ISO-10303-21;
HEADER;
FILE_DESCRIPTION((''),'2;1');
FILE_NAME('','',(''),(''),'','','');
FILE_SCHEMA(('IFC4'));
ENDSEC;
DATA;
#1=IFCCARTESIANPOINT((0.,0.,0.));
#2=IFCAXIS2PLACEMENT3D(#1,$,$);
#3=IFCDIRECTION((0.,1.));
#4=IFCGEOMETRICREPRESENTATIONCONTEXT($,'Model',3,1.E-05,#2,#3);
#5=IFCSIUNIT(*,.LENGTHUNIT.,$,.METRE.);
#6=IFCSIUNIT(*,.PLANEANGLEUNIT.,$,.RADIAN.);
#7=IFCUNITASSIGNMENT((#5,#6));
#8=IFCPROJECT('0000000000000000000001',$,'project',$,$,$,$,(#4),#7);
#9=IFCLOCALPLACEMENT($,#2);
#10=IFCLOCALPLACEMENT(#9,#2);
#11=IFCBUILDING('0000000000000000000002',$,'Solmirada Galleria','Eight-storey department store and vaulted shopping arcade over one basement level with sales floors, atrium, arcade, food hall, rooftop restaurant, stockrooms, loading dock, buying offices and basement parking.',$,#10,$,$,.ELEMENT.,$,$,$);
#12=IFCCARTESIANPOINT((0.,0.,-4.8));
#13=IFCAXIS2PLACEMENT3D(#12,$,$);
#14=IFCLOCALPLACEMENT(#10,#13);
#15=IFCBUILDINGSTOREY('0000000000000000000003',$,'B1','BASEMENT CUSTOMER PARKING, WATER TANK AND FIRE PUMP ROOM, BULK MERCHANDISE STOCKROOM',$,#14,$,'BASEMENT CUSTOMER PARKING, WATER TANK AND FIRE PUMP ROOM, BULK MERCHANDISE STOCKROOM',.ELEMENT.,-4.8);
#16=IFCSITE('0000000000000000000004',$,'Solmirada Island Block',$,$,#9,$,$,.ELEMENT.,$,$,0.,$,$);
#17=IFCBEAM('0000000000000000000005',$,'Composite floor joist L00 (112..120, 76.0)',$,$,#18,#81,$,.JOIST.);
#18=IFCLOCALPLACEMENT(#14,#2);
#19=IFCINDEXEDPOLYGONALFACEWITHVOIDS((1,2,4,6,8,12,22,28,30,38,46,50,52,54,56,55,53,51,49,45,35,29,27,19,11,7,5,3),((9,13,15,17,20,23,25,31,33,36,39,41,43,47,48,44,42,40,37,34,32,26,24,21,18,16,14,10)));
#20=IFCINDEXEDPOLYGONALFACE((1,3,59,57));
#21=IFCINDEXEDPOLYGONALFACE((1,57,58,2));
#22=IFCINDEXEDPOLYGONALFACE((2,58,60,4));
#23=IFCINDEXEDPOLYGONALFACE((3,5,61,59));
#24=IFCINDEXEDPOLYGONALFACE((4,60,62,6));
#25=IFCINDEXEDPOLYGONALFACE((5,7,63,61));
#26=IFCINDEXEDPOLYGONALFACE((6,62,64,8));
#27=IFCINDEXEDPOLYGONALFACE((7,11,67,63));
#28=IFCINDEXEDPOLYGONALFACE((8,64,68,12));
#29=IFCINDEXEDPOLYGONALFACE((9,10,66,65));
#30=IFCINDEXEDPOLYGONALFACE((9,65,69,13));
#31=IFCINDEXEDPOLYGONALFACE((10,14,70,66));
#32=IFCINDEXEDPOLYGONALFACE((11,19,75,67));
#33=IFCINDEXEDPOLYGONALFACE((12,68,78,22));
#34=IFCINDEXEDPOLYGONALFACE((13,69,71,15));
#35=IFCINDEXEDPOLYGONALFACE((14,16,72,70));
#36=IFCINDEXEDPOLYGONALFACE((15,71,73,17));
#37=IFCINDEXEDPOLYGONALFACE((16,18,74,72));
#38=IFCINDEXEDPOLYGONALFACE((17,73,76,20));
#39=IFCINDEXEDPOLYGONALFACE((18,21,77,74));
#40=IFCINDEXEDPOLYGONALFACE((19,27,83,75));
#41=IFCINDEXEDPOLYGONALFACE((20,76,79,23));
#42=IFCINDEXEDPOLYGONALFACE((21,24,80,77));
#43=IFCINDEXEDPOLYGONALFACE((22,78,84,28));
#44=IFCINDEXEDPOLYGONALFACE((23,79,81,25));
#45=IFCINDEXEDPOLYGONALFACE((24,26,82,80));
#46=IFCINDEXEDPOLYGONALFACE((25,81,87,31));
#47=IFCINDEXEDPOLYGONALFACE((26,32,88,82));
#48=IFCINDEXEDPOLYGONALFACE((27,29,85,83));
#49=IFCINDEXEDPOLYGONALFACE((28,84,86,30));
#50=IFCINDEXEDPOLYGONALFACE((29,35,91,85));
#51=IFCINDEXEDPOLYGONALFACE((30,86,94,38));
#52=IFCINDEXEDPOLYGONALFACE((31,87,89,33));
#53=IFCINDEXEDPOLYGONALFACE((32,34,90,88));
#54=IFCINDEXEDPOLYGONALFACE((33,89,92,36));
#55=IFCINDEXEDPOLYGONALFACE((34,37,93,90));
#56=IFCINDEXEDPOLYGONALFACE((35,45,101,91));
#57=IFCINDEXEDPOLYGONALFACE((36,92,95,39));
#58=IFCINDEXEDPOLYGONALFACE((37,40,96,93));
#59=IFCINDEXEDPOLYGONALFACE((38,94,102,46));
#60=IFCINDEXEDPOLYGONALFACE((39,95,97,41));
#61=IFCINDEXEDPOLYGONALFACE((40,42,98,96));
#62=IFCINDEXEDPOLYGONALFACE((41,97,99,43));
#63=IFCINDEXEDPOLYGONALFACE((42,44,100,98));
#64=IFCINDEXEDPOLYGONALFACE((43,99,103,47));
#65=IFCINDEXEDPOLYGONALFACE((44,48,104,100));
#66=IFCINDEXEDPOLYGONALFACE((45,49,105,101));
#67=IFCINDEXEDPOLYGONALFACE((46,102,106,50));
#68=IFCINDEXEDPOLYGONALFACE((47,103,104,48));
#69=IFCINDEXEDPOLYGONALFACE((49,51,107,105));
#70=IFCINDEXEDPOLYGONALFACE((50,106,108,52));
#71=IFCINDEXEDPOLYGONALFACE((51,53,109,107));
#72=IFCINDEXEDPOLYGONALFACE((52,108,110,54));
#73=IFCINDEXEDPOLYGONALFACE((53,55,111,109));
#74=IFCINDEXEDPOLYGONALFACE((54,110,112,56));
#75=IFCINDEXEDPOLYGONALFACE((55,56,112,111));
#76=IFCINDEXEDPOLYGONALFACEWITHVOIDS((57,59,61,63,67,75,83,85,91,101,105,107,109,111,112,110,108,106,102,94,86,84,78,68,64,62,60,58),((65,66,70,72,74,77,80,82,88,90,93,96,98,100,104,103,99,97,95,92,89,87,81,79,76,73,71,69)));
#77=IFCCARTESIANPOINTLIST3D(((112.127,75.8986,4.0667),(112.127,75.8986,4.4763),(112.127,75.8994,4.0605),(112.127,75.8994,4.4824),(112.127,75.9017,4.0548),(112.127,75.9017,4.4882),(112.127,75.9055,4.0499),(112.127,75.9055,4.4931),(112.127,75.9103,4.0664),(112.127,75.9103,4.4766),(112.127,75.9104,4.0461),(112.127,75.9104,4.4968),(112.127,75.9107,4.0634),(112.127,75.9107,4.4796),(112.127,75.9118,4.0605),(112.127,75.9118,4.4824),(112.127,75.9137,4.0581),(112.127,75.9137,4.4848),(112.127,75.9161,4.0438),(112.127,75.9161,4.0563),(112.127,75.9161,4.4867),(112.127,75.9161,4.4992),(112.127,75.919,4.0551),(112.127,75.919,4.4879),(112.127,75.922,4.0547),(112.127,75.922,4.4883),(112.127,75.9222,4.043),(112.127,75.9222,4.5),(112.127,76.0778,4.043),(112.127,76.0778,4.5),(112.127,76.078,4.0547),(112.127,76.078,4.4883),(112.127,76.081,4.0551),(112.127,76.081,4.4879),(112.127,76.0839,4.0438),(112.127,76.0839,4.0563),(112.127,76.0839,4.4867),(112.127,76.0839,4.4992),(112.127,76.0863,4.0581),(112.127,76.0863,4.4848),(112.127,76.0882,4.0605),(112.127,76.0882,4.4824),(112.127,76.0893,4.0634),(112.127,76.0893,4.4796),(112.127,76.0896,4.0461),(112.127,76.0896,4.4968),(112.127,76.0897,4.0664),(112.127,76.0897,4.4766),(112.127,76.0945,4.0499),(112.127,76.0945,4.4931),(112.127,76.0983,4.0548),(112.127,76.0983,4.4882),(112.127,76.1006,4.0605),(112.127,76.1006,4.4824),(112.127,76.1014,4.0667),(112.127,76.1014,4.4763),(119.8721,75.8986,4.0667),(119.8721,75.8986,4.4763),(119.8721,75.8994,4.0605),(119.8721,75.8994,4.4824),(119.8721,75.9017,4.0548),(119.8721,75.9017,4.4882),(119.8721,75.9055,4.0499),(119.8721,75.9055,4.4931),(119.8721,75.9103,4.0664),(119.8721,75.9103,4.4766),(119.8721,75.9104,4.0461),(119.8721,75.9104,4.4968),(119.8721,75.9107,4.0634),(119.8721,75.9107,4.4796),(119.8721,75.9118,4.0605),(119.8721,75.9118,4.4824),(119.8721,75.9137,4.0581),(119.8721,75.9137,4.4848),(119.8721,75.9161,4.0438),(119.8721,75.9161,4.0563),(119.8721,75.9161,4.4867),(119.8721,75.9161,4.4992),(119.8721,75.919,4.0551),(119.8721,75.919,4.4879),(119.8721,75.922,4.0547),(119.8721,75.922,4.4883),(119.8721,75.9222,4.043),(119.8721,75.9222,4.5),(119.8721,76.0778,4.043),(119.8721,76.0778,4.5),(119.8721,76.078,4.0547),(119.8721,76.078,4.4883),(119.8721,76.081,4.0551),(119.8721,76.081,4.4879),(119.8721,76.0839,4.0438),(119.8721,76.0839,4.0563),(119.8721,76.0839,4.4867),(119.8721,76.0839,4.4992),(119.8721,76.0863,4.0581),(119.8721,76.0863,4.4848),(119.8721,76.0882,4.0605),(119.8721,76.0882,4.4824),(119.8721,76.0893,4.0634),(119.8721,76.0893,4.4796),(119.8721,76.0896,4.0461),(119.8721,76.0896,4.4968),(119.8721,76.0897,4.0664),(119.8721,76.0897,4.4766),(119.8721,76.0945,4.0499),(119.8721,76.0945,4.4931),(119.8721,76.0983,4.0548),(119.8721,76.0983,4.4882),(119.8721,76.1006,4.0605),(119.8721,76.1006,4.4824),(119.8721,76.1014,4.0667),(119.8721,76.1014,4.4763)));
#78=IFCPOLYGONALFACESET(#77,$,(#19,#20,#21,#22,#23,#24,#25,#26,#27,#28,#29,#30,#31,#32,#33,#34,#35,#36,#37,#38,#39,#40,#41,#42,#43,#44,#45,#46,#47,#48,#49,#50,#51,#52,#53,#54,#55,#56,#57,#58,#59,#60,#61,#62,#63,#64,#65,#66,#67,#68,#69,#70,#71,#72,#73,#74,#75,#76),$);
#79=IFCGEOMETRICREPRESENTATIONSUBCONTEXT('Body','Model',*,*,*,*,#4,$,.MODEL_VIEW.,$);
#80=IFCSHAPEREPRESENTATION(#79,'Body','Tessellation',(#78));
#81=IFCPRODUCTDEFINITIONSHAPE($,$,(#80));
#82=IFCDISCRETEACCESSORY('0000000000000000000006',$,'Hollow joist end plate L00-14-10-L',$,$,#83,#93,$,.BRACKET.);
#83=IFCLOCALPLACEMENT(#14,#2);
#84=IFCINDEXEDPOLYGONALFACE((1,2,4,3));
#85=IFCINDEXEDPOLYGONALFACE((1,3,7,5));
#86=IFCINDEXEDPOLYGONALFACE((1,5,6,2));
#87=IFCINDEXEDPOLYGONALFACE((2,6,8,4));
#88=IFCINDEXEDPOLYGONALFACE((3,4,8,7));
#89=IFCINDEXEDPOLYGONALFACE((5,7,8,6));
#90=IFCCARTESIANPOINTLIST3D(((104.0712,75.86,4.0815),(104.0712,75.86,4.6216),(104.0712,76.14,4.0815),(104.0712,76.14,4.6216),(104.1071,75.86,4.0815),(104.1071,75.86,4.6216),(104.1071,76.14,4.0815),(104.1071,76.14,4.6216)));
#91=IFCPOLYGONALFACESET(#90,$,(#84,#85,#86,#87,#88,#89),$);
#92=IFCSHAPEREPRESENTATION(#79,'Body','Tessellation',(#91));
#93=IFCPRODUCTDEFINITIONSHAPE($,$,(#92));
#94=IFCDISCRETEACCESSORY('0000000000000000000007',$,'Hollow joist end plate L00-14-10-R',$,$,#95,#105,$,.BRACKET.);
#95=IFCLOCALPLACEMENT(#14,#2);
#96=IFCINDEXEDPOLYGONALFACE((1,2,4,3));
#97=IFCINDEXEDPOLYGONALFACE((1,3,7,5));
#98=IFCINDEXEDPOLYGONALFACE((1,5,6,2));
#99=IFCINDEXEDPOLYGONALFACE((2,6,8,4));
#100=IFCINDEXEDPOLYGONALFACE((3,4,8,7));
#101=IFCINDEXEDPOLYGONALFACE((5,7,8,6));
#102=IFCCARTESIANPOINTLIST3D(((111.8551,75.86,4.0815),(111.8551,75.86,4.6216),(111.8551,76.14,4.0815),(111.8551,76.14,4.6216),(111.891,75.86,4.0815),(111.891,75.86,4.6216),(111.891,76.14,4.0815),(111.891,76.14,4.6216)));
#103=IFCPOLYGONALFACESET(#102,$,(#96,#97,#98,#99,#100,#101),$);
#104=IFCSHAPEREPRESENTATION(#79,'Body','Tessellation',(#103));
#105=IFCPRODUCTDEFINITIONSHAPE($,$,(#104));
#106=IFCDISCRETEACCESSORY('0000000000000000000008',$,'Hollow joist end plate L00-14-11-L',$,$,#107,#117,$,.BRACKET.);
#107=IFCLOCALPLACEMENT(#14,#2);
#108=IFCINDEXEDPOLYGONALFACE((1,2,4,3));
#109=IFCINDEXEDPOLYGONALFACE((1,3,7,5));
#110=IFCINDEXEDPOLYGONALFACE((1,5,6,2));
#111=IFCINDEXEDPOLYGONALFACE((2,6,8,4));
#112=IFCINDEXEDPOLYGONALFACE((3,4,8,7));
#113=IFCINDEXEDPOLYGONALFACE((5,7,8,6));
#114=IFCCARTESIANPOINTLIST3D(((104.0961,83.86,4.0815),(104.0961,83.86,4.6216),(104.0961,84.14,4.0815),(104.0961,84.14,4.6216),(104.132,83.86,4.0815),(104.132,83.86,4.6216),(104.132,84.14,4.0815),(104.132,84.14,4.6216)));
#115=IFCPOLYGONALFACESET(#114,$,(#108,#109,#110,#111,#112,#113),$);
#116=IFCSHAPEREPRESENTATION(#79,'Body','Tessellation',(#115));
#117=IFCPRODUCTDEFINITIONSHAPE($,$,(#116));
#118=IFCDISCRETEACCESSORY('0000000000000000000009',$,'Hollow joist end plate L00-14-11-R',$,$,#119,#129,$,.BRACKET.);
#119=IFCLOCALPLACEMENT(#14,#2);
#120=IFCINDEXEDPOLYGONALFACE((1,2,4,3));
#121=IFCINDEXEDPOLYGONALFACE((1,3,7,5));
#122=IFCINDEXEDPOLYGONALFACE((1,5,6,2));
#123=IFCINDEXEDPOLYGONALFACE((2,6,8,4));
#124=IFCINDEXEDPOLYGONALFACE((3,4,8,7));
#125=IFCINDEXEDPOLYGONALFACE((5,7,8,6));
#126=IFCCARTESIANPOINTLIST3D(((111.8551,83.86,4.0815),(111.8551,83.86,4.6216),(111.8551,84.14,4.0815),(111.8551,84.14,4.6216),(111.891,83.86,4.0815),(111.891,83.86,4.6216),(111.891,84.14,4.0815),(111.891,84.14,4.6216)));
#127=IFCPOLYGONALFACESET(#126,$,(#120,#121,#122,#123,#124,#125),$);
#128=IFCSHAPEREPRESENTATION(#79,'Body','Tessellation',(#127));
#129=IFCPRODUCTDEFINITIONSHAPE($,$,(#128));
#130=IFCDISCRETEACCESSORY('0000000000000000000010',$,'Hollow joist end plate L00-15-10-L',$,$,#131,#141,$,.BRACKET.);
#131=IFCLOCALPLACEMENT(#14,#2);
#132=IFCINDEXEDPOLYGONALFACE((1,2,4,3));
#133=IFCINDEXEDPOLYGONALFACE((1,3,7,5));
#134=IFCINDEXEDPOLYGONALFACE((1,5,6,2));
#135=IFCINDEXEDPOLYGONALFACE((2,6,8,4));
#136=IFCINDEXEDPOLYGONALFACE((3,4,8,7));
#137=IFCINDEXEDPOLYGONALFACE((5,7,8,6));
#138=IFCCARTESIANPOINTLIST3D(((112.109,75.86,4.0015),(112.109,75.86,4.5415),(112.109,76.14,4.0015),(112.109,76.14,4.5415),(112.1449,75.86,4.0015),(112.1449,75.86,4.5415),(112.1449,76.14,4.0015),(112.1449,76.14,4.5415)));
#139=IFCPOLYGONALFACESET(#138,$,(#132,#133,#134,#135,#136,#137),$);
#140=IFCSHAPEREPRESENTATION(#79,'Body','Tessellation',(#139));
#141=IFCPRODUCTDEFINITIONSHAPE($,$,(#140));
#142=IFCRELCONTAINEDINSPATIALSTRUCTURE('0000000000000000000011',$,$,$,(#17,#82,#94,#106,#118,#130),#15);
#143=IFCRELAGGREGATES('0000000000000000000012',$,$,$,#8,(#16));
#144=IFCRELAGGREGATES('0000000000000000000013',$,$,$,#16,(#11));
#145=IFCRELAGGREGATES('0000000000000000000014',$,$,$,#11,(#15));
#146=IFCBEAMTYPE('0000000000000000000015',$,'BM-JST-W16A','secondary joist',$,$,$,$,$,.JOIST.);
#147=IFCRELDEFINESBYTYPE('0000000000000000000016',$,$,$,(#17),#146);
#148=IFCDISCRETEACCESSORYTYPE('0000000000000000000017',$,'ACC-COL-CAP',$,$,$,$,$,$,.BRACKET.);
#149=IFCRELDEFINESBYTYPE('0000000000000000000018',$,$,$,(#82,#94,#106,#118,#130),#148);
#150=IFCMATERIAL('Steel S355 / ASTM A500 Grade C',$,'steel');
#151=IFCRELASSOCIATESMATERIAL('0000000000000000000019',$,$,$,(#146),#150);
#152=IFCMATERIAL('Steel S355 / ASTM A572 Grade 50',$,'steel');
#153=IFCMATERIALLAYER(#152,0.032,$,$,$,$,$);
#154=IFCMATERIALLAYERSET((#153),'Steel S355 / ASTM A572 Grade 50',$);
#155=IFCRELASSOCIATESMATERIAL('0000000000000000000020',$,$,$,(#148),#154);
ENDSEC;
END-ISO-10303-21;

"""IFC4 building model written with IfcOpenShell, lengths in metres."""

from ifc_helpers import new_model, si_unit, direction, frame, origin, origin_2d, place, context, subcontext, project, spatial, rectangle, hollow_rectangle, extrude, material, layer, layer_set, material_profile, profile_set, type_object, element, save


model = new_model("IFC4")

# Units and contexts
model_context = context("Model", 3, precision=1e-05, world=origin(), true_north=direction((0.0, 1.0)))
body_context = subcontext(model_context, "Body", "Model", "MODEL_VIEW")
ifc_project = project(units=[si_unit("LENGTHUNIT", "METRE"), si_unit("PLANEANGLEUNIT", "RADIAN")], contexts=[model_context])

# Site, building, storey
site_placement = place(None, origin())
site = spatial("IfcSite", under=ifc_project, at=site_placement, Name="Solmirada Island Block", CompositionType="ELEMENT", RefElevation=0.0)
building_placement = place(site_placement, origin())
building = spatial("IfcBuilding", under=site, at=building_placement, Name="Solmirada Galleria", Description="Eight-storey department store and vaulted shopping arcade over one basement level with sales floors, atrium, arcade, food hall, rooftop restaurant, stockrooms, loading dock, buying offices and basement parking.", CompositionType="ELEMENT")
storey_placement = place(building_placement, frame((0.0, 0.0, -4.8)))
storey = spatial("IfcBuildingStorey", under=building, at=storey_placement, Name="B1", Description="BASEMENT CUSTOMER PARKING, WATER TANK AND FIRE PUMP ROOM, BULK MERCHANDISE STOCKROOM", LongName="BASEMENT CUSTOMER PARKING, WATER TANK AND FIRE PUMP ROOM, BULK MERCHANDISE STOCKROOM", CompositionType="ELEMENT", Elevation=-4.8)

# Shared definitions
ifc_material_1 = material(Name="Steel S355 / ASTM A500 Grade C", Category="steel")

# Beam
ifc_material_profile_1 = material_profile(ifc_material_1, hollow_rectangle(XDim=0.2029, YDim=0.457, WallThickness=0.0117, InnerFilletRadius=0.0117, OuterFilletRadius=0.0237, at=origin_2d()), Name="HSS18X8X1/2")
ifc_profile_set_1 = profile_set([ifc_material_profile_1], Name="Steel S355 / ASTM A500 Grade C")
beam_type_1 = type_object("IfcBeamType", Name="BM-JST-W16A", Description="secondary joist", PredefinedType="JOIST", material=ifc_profile_set_1)
beam_1_placement = place(storey_placement, frame((112.127, 76.0, 4.2715), z_axis=(1.0, 0.0, 0.0), x_axis=(0.0, 1.0, 0.0)))
element("IfcBeam", 1, at=beam_1_placement, inside=storey, type_object=beam_type_1, Name="Composite floor joist L00 (112..120, 76.0)", PredefinedType="JOIST", context=body_context, shape_type="SweptSolid", body=[
    extrude(hollow_rectangle(XDim=0.2029, YDim=0.457, WallThickness=0.0117, InnerFilletRadius=0.0117, OuterFilletRadius=0.0237, at=origin_2d()), origin(), (0.0, 0.0, 1.0), 7.7451),
])

# Discrete accessories
ifc_material_2 = material(Name="Steel S355 / ASTM A572 Grade 50", Category="steel")
ifc_layer = layer(ifc_material_2, 0.032)
ifc_layer_set = layer_set([ifc_layer], Name="Steel S355 / ASTM A572 Grade 50")
discrete_accessory_type = type_object("IfcDiscreteAccessoryType", Name="ACC-COL-CAP", PredefinedType="BRACKET", material=ifc_layer_set)
for number, where, z_axis, x_axis, name in (
    (2, (104.0891, 76.0, 4.0815), (0.0, 0.0, 1.0), (1.0, 0.0, 0.0), "Hollow joist end plate L00-14-10-L"),
    (3, (111.873, 76.0, 4.0815), (0.0, 0.0, 1.0), (1.0, 0.0, 0.0), "Hollow joist end plate L00-14-10-R"),
    (4, (104.114, 84.0, 4.0815), (0.0, 0.0, 1.0), (1.0, 0.0, 0.0), "Hollow joist end plate L00-14-11-L"),
    (5, (111.873, 84.0, 4.0815), (0.0, 0.0, 1.0), (1.0, 0.0, 0.0), "Hollow joist end plate L00-14-11-R"),
    (6, (112.127, 76.0, 4.0015), (0.0, 0.0, 1.0), (1.0, 0.0, 0.0), "Hollow joist end plate L00-15-10-L"),
):
    element("IfcDiscreteAccessory", number, at=place(storey_placement, frame(where, z_axis=z_axis, x_axis=x_axis)), inside=storey, type_object=discrete_accessory_type, Name=name, PredefinedType="BRACKET", context=body_context, shape_type="SweptSolid", body=[
        extrude(rectangle(XDim=0.0359, YDim=0.28, at=origin_2d()), origin(), (0.0, 0.0, 1.0), 0.54),
    ])

save(model, "model.ifc")
